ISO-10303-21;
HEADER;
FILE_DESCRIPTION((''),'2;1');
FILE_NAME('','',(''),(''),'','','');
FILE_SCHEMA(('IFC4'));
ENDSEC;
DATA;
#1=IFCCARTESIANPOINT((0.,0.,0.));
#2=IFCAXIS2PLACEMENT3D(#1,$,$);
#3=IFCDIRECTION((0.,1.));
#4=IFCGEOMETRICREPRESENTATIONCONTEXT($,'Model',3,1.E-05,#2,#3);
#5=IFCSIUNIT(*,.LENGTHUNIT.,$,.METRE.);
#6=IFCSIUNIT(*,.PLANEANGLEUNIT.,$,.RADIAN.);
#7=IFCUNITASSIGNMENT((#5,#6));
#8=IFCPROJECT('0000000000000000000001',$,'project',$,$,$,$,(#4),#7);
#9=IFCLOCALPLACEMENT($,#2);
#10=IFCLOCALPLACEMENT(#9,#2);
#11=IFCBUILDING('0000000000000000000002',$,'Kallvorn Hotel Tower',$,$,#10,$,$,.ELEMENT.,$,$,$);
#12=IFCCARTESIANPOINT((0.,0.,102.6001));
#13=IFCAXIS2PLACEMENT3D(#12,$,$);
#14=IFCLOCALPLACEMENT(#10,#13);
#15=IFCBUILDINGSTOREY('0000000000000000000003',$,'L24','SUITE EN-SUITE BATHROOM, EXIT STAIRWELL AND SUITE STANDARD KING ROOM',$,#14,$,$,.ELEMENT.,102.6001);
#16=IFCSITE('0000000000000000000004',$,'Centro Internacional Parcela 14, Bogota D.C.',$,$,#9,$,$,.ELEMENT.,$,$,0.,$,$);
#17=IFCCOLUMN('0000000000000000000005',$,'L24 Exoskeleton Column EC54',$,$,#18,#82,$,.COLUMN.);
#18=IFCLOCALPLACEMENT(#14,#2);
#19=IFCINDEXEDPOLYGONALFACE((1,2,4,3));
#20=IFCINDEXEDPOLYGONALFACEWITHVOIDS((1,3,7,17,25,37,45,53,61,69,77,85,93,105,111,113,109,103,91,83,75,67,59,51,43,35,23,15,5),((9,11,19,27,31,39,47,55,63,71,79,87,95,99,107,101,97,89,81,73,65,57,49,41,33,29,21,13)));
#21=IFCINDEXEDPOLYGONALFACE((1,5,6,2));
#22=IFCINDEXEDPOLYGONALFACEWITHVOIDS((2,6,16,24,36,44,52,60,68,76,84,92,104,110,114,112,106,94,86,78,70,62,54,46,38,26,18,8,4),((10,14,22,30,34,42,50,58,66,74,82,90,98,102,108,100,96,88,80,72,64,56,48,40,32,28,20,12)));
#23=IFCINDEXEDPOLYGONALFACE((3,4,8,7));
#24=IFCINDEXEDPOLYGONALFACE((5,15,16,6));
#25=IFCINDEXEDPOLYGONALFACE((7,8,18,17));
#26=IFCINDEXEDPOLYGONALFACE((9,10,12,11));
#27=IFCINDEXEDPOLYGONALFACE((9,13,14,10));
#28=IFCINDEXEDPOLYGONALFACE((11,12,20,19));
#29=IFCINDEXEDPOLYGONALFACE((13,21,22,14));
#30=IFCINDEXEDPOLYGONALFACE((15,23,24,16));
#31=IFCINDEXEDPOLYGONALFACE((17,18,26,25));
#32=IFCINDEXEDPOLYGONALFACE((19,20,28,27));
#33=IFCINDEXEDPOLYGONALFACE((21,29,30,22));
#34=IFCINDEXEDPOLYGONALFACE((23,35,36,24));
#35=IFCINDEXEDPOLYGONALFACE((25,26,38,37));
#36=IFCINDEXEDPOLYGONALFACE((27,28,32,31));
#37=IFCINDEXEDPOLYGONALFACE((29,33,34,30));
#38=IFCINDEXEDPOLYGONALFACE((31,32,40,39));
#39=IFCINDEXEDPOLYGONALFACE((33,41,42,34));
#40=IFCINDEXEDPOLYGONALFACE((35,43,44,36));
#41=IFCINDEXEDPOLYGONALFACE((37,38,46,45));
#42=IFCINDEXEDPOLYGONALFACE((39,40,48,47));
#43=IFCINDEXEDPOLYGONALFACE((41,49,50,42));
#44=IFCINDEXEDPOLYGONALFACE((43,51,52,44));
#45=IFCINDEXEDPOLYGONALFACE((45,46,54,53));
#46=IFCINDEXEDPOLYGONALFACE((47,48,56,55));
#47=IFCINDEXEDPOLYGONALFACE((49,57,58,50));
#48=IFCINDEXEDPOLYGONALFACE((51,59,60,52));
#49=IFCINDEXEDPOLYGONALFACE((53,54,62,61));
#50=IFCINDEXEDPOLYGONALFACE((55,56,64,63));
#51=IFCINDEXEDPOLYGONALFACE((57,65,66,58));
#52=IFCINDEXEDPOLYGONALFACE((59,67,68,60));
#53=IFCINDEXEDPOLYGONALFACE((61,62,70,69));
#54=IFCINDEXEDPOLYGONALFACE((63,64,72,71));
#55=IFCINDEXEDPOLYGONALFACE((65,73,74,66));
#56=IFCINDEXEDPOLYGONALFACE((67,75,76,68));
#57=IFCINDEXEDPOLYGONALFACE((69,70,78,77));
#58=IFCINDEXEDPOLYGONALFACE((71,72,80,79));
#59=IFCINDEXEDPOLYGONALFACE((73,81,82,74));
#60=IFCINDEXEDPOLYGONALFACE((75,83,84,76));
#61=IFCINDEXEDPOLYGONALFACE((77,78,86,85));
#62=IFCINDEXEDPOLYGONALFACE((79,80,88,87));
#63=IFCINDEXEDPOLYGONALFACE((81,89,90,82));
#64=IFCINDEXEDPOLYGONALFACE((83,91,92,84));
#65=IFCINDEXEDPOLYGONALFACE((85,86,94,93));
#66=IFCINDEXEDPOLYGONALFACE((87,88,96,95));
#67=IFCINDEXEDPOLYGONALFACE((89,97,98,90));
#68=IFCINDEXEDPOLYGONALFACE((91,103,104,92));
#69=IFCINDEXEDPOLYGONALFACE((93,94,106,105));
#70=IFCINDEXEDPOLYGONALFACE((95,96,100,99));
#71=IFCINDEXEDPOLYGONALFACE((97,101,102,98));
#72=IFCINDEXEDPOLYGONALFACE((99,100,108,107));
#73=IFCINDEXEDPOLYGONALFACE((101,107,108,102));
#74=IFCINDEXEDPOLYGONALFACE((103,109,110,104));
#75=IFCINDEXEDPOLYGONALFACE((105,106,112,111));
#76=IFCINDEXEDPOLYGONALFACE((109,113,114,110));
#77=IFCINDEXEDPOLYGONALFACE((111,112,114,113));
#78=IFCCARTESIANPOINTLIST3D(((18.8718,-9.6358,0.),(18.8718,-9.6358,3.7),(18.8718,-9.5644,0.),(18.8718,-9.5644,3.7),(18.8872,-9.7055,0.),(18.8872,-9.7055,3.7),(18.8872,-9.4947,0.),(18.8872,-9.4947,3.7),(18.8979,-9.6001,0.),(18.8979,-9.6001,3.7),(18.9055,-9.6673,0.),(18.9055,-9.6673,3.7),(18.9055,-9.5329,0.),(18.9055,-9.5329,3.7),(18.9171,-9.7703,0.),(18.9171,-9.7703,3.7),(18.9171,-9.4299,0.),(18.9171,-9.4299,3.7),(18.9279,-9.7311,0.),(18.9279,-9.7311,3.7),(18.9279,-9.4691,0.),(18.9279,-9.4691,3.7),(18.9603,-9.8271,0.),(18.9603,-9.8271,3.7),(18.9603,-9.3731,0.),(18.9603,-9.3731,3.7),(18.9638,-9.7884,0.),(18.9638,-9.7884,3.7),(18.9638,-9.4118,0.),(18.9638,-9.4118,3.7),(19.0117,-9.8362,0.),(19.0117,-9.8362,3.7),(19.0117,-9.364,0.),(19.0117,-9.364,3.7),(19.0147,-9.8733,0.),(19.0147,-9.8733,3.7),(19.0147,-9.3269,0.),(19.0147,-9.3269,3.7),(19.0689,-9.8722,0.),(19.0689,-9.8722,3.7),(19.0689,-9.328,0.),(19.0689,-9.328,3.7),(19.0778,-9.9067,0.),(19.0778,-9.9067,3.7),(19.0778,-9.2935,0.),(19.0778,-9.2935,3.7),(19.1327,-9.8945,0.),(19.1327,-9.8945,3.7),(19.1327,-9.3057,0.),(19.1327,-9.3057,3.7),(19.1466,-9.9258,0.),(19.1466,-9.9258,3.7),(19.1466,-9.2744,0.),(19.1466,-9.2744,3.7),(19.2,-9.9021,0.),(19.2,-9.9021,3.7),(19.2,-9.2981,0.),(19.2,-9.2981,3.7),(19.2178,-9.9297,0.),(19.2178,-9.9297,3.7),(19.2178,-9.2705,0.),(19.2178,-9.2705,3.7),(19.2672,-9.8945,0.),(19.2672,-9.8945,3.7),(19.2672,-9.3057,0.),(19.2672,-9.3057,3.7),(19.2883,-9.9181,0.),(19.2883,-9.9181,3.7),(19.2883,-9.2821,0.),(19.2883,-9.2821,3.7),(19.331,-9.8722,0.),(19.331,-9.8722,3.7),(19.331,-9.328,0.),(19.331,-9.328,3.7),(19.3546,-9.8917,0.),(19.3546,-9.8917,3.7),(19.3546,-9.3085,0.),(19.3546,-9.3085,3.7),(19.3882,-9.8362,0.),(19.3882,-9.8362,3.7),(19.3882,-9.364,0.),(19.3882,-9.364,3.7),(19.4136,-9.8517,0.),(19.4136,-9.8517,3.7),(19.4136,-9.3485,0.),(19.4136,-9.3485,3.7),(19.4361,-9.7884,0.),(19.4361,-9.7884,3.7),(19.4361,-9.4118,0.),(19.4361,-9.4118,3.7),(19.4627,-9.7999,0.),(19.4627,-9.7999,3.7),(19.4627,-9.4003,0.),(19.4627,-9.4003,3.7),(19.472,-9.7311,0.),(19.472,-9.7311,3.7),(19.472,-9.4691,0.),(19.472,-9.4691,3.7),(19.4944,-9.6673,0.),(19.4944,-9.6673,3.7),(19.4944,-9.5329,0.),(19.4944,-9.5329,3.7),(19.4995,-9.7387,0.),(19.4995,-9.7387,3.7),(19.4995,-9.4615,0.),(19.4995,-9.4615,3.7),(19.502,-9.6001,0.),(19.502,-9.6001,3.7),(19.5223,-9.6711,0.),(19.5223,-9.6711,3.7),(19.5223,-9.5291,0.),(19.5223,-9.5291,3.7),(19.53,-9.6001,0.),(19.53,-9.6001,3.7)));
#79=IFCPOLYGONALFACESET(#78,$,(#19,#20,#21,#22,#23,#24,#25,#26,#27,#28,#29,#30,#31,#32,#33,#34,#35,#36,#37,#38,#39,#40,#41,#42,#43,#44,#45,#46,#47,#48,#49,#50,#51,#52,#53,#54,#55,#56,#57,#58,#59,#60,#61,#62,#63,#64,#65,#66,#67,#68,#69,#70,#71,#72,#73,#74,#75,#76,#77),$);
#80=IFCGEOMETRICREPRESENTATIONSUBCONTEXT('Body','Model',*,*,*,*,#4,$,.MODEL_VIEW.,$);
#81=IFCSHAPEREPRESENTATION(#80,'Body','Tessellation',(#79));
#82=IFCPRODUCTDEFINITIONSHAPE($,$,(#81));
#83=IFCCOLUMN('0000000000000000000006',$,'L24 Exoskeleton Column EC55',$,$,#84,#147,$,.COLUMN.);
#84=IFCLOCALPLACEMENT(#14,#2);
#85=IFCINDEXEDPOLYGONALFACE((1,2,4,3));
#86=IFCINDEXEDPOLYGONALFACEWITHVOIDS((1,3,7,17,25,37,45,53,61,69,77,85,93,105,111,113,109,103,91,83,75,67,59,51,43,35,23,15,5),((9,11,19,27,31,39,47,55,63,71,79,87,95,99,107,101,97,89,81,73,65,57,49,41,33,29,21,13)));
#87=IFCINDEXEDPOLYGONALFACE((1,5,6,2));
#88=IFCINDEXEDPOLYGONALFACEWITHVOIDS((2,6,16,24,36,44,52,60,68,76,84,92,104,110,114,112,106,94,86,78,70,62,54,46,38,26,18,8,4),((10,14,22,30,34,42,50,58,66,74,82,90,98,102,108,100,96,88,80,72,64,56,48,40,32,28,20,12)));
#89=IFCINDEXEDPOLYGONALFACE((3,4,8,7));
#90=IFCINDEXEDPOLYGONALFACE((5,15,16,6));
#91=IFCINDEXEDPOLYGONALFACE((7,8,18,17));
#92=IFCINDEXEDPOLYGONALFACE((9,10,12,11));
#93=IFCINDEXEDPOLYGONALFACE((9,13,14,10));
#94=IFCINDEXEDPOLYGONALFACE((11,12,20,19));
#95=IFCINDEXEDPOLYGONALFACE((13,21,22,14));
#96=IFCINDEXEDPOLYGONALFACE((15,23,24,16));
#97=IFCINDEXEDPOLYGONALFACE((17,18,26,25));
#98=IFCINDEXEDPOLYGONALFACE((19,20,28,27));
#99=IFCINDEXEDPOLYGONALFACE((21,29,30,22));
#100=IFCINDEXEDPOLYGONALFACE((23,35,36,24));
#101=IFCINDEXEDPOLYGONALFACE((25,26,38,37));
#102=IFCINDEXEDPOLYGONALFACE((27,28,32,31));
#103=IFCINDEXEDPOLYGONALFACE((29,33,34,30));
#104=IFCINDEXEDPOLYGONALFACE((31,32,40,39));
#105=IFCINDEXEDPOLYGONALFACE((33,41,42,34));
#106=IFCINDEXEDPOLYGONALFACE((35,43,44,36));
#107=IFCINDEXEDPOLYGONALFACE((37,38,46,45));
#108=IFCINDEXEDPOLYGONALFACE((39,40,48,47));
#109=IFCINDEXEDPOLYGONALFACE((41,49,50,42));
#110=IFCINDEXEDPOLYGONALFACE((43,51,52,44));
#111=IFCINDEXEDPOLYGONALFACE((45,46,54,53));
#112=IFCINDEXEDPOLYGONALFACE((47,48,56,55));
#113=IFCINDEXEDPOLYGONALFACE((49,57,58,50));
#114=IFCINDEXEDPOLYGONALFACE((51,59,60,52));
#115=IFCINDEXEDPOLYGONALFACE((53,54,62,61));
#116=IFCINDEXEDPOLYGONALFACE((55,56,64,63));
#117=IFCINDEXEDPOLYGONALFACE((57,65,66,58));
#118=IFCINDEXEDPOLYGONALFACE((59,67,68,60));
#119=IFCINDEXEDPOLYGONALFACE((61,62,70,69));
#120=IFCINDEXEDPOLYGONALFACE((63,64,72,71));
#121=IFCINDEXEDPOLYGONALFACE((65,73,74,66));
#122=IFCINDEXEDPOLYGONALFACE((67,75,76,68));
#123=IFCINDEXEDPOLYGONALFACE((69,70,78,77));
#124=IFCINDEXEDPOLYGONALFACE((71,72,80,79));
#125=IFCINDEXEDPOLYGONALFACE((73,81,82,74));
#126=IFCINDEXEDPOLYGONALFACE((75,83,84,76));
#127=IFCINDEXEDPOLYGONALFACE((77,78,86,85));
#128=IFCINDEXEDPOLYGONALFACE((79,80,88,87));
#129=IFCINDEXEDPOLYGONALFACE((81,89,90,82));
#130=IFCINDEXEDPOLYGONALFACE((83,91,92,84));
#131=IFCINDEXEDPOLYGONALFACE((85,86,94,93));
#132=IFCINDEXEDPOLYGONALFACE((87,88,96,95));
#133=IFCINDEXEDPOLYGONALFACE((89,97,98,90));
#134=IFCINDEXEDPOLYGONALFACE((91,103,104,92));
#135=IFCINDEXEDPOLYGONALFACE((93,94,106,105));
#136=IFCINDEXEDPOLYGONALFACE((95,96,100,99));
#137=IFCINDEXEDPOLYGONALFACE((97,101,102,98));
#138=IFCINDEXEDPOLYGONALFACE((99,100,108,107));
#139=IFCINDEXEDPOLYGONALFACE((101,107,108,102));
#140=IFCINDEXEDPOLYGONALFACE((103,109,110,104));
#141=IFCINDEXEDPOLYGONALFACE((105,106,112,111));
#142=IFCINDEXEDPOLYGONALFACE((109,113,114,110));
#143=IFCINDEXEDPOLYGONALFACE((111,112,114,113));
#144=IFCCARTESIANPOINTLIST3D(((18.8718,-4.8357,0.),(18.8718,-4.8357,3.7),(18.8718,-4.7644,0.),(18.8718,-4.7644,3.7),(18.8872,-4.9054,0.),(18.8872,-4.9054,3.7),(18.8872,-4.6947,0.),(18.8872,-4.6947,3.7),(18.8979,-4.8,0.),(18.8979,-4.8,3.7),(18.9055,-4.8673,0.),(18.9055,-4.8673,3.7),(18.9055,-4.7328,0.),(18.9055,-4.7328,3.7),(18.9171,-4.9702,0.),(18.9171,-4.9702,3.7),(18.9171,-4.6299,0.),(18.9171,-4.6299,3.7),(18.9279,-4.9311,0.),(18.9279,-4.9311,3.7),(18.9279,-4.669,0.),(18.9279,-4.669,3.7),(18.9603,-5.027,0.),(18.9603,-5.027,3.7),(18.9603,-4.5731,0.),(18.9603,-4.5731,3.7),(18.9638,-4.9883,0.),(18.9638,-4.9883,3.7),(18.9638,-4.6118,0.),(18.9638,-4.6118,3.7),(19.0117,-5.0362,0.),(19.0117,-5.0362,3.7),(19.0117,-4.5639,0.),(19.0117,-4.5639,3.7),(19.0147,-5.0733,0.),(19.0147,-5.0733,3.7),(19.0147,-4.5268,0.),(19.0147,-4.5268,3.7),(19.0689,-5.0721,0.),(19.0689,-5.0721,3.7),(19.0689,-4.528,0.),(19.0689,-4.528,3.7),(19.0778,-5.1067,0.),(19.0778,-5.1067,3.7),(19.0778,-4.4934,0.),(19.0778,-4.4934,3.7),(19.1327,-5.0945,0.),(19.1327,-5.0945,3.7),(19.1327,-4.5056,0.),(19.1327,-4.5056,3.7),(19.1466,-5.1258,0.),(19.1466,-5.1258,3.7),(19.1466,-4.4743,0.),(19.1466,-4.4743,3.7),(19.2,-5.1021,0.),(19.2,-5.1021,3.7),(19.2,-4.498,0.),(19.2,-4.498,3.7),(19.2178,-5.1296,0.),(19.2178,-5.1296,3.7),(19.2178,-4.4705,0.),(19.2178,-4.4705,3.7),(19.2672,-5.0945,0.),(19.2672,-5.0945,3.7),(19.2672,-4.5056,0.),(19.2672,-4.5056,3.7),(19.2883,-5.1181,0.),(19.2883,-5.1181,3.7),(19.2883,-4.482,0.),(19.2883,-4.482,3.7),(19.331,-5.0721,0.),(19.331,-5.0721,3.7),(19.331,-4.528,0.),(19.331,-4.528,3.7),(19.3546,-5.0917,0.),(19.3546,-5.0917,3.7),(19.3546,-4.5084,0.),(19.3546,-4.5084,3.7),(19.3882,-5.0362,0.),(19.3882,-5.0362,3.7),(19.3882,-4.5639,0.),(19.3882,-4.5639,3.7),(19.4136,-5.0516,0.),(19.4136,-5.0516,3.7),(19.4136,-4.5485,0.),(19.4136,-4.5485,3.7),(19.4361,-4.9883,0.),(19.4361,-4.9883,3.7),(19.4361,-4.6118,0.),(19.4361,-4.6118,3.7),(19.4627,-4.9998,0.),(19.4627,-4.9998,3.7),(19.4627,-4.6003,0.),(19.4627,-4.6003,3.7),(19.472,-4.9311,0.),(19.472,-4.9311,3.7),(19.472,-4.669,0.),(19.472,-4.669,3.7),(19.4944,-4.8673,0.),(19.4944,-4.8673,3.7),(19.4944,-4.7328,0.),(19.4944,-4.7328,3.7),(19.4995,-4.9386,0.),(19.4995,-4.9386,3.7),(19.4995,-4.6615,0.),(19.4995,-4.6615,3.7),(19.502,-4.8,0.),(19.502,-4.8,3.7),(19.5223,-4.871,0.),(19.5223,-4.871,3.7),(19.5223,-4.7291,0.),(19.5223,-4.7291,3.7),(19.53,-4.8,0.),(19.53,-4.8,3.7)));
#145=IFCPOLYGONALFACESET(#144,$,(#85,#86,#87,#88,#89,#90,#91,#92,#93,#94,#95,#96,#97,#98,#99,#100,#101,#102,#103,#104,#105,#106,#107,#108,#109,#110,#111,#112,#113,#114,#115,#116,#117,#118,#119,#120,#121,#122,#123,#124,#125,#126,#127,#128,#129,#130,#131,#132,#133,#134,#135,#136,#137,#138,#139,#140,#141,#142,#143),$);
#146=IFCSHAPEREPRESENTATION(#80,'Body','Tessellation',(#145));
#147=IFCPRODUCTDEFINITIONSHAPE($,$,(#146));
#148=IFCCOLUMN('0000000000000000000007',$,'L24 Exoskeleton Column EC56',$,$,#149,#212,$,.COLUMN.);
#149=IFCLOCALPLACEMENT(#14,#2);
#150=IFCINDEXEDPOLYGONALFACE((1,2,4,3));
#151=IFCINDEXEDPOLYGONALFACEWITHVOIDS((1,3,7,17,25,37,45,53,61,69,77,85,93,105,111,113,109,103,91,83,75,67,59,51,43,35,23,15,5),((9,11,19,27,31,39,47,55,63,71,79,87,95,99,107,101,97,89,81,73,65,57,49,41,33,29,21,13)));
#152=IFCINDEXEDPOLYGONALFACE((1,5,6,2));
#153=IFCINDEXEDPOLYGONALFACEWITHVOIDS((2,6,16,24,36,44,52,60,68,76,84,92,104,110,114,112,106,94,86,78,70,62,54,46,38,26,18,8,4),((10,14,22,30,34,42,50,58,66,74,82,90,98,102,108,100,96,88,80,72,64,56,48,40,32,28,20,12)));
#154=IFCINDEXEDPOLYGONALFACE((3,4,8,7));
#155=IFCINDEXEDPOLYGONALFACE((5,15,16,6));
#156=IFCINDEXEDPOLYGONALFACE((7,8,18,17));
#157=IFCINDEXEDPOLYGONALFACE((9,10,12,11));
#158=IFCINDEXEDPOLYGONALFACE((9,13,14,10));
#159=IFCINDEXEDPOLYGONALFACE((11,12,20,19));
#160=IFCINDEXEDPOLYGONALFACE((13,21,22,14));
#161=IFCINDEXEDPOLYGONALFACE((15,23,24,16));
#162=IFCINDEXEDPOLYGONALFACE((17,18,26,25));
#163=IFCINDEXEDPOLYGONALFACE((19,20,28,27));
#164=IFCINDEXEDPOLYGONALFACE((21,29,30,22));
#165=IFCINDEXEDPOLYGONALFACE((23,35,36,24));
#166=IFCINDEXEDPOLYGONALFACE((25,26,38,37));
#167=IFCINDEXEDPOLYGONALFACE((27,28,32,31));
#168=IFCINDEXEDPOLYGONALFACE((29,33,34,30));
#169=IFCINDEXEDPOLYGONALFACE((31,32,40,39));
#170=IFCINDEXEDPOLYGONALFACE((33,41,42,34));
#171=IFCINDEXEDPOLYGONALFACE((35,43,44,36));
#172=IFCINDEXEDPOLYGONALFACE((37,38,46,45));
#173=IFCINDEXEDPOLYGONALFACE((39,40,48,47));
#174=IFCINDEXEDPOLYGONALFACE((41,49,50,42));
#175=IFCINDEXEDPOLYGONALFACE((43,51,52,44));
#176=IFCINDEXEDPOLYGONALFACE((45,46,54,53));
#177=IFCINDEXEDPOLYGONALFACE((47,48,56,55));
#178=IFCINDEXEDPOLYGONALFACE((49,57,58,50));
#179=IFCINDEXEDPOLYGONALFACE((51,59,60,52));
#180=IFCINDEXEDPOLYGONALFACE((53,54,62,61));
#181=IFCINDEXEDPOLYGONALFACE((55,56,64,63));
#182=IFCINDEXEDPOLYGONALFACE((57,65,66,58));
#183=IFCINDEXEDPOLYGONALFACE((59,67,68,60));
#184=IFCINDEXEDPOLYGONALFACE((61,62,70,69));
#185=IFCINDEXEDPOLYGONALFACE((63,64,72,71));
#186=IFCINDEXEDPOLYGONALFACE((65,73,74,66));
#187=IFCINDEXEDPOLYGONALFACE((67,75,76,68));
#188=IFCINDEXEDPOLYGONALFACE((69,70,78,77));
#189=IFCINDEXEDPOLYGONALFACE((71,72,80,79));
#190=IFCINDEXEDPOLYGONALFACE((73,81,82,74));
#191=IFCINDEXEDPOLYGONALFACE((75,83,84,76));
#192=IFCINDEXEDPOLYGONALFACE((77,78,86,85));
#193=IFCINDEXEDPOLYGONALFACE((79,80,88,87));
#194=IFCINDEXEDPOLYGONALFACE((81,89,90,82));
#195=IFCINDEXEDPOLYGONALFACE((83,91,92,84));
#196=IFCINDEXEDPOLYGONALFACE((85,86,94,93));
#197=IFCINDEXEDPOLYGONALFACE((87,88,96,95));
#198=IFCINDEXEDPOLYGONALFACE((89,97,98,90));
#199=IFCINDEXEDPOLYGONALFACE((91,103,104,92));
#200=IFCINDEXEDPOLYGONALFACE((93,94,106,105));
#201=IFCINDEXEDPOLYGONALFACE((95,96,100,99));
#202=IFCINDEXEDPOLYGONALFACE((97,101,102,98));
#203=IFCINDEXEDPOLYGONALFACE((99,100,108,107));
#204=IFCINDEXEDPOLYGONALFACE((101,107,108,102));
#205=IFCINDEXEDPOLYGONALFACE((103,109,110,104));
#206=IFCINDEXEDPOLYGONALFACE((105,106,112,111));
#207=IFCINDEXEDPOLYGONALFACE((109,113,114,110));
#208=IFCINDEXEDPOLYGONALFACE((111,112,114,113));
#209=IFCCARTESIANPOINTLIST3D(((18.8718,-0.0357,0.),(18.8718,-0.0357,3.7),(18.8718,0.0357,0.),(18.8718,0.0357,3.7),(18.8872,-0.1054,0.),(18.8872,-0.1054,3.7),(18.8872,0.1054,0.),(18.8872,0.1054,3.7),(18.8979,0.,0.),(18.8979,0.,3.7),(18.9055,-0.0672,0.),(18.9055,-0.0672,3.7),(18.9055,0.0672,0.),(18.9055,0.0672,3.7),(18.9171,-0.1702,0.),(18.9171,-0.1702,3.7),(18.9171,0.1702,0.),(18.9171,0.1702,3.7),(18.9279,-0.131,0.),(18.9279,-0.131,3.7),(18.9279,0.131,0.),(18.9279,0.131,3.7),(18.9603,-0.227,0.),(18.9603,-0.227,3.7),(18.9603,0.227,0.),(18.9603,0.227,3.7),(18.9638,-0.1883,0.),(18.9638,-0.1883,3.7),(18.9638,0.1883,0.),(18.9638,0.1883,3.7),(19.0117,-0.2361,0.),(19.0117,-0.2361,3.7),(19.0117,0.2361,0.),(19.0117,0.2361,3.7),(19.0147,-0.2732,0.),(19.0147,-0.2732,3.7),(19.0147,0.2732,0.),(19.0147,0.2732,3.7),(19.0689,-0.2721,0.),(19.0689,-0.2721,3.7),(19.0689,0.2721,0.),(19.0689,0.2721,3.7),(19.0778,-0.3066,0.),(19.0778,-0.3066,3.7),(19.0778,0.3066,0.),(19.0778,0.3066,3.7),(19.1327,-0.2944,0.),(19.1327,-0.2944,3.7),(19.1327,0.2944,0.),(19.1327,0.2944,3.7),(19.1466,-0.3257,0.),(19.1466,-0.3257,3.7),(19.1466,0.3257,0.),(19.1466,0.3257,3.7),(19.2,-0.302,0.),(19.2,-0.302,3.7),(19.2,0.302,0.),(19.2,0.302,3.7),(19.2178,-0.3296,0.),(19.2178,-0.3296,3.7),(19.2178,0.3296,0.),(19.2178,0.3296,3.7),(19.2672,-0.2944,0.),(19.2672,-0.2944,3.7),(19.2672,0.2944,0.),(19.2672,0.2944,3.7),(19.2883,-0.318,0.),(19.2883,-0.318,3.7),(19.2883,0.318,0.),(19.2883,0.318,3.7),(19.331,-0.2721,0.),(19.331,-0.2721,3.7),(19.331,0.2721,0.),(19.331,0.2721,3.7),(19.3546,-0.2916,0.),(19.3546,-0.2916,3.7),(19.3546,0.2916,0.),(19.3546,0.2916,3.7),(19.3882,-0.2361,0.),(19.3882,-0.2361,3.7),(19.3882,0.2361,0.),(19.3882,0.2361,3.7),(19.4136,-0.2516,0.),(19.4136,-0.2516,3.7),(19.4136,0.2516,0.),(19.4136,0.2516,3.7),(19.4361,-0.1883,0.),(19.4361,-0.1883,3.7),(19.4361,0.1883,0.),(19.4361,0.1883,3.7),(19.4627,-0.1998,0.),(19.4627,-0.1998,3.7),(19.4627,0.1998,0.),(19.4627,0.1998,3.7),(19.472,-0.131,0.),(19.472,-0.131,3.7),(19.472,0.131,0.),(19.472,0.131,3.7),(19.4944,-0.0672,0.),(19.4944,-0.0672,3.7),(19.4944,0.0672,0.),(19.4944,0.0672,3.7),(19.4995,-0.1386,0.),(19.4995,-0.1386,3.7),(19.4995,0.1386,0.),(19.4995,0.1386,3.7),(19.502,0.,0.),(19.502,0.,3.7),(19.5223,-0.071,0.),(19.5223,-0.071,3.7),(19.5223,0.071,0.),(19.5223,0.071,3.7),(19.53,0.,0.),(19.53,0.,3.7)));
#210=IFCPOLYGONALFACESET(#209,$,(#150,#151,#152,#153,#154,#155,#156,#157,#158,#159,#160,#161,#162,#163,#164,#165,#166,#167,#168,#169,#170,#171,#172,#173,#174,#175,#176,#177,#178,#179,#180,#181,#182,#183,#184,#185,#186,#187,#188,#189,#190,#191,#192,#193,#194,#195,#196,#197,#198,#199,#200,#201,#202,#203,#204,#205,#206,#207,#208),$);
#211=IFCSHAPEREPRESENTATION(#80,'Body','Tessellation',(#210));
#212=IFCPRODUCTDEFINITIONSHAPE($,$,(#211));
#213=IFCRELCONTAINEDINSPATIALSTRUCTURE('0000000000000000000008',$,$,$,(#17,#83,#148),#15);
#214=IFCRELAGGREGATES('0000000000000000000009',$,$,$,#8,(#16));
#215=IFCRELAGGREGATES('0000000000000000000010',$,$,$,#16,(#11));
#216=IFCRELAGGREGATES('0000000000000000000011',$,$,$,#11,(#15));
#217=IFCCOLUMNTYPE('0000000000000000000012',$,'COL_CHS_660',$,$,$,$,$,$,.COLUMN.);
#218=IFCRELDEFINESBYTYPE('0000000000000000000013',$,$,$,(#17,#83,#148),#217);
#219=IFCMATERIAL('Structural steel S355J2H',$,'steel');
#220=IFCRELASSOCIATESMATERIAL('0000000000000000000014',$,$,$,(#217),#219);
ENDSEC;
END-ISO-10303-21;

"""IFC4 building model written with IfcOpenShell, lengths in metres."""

from ifc_helpers import new_model, si_unit, direction, frame, origin, origin_2d, place, context, subcontext, project, spatial, hollow_circle, extrude, material, material_profile, profile_set, type_object, element, save


model = new_model("IFC4")

# Units and contexts
model_context = context("Model", 3, precision=1e-05, world=origin(), true_north=direction((0.0, 1.0)))
body_context = subcontext(model_context, "Body", "Model", "MODEL_VIEW")
ifc_project = project(units=[si_unit("LENGTHUNIT", "METRE"), si_unit("PLANEANGLEUNIT", "RADIAN")], contexts=[model_context])

# Site, building, storey
site_placement = place(None, origin())
site = spatial("IfcSite", under=ifc_project, at=site_placement, Name="Centro Internacional Parcela 14, Bogota D.C.", CompositionType="ELEMENT", RefElevation=0.0)
building_placement = place(site_placement, origin())
building = spatial("IfcBuilding", under=site, at=building_placement, Name="Kallvorn Hotel Tower", CompositionType="ELEMENT")
storey_placement = place(building_placement, frame((0.0, 0.0, 102.6001)))
storey = spatial("IfcBuildingStorey", under=building, at=storey_placement, Name="L24", Description="SUITE EN-SUITE BATHROOM, EXIT STAIRWELL AND SUITE STANDARD KING ROOM", CompositionType="ELEMENT", Elevation=102.6001)

# Columns
ifc_material_1 = material(Name="Structural steel S355J2H", Category="steel")
ifc_material_profile_1 = material_profile(ifc_material_1, hollow_circle(Radius=0.3301, WallThickness=0.0281, at=origin_2d()), Name="CHS 660x28")
ifc_profile_set_1 = profile_set([ifc_material_profile_1], Name="Structural steel S355J2H")
column_type_1 = type_object("IfcColumnType", Name="COL_CHS_660", PredefinedType="COLUMN", material=ifc_profile_set_1)
for number, where, z_axis, x_axis, name in (
    (1, (19.2, -9.6001, 0.0), (0.0, 0.0, 1.0), (1.0, 0.0, 0.0), "L24 Exoskeleton Column EC54"),
    (2, (19.2, -4.8, 0.0), (0.0, 0.0, 1.0), (1.0, 0.0, 0.0), "L24 Exoskeleton Column EC55"),
    (3, (19.2, 0.0, 0.0), (0.0, 0.0, 1.0), (1.0, 0.0, 0.0), "L24 Exoskeleton Column EC56"),
):
    element("IfcColumn", number, at=place(storey_placement, frame(where, z_axis=z_axis, x_axis=x_axis)), inside=storey, type_object=column_type_1, Name=name, PredefinedType="COLUMN", context=body_context, shape_type="SweptSolid", body=[
        extrude(hollow_circle(Radius=0.3301, WallThickness=0.0281, at=origin_2d()), origin(), (0.0, 0.0, 1.0), 3.7),
    ])

save(model, "model.ifc")
